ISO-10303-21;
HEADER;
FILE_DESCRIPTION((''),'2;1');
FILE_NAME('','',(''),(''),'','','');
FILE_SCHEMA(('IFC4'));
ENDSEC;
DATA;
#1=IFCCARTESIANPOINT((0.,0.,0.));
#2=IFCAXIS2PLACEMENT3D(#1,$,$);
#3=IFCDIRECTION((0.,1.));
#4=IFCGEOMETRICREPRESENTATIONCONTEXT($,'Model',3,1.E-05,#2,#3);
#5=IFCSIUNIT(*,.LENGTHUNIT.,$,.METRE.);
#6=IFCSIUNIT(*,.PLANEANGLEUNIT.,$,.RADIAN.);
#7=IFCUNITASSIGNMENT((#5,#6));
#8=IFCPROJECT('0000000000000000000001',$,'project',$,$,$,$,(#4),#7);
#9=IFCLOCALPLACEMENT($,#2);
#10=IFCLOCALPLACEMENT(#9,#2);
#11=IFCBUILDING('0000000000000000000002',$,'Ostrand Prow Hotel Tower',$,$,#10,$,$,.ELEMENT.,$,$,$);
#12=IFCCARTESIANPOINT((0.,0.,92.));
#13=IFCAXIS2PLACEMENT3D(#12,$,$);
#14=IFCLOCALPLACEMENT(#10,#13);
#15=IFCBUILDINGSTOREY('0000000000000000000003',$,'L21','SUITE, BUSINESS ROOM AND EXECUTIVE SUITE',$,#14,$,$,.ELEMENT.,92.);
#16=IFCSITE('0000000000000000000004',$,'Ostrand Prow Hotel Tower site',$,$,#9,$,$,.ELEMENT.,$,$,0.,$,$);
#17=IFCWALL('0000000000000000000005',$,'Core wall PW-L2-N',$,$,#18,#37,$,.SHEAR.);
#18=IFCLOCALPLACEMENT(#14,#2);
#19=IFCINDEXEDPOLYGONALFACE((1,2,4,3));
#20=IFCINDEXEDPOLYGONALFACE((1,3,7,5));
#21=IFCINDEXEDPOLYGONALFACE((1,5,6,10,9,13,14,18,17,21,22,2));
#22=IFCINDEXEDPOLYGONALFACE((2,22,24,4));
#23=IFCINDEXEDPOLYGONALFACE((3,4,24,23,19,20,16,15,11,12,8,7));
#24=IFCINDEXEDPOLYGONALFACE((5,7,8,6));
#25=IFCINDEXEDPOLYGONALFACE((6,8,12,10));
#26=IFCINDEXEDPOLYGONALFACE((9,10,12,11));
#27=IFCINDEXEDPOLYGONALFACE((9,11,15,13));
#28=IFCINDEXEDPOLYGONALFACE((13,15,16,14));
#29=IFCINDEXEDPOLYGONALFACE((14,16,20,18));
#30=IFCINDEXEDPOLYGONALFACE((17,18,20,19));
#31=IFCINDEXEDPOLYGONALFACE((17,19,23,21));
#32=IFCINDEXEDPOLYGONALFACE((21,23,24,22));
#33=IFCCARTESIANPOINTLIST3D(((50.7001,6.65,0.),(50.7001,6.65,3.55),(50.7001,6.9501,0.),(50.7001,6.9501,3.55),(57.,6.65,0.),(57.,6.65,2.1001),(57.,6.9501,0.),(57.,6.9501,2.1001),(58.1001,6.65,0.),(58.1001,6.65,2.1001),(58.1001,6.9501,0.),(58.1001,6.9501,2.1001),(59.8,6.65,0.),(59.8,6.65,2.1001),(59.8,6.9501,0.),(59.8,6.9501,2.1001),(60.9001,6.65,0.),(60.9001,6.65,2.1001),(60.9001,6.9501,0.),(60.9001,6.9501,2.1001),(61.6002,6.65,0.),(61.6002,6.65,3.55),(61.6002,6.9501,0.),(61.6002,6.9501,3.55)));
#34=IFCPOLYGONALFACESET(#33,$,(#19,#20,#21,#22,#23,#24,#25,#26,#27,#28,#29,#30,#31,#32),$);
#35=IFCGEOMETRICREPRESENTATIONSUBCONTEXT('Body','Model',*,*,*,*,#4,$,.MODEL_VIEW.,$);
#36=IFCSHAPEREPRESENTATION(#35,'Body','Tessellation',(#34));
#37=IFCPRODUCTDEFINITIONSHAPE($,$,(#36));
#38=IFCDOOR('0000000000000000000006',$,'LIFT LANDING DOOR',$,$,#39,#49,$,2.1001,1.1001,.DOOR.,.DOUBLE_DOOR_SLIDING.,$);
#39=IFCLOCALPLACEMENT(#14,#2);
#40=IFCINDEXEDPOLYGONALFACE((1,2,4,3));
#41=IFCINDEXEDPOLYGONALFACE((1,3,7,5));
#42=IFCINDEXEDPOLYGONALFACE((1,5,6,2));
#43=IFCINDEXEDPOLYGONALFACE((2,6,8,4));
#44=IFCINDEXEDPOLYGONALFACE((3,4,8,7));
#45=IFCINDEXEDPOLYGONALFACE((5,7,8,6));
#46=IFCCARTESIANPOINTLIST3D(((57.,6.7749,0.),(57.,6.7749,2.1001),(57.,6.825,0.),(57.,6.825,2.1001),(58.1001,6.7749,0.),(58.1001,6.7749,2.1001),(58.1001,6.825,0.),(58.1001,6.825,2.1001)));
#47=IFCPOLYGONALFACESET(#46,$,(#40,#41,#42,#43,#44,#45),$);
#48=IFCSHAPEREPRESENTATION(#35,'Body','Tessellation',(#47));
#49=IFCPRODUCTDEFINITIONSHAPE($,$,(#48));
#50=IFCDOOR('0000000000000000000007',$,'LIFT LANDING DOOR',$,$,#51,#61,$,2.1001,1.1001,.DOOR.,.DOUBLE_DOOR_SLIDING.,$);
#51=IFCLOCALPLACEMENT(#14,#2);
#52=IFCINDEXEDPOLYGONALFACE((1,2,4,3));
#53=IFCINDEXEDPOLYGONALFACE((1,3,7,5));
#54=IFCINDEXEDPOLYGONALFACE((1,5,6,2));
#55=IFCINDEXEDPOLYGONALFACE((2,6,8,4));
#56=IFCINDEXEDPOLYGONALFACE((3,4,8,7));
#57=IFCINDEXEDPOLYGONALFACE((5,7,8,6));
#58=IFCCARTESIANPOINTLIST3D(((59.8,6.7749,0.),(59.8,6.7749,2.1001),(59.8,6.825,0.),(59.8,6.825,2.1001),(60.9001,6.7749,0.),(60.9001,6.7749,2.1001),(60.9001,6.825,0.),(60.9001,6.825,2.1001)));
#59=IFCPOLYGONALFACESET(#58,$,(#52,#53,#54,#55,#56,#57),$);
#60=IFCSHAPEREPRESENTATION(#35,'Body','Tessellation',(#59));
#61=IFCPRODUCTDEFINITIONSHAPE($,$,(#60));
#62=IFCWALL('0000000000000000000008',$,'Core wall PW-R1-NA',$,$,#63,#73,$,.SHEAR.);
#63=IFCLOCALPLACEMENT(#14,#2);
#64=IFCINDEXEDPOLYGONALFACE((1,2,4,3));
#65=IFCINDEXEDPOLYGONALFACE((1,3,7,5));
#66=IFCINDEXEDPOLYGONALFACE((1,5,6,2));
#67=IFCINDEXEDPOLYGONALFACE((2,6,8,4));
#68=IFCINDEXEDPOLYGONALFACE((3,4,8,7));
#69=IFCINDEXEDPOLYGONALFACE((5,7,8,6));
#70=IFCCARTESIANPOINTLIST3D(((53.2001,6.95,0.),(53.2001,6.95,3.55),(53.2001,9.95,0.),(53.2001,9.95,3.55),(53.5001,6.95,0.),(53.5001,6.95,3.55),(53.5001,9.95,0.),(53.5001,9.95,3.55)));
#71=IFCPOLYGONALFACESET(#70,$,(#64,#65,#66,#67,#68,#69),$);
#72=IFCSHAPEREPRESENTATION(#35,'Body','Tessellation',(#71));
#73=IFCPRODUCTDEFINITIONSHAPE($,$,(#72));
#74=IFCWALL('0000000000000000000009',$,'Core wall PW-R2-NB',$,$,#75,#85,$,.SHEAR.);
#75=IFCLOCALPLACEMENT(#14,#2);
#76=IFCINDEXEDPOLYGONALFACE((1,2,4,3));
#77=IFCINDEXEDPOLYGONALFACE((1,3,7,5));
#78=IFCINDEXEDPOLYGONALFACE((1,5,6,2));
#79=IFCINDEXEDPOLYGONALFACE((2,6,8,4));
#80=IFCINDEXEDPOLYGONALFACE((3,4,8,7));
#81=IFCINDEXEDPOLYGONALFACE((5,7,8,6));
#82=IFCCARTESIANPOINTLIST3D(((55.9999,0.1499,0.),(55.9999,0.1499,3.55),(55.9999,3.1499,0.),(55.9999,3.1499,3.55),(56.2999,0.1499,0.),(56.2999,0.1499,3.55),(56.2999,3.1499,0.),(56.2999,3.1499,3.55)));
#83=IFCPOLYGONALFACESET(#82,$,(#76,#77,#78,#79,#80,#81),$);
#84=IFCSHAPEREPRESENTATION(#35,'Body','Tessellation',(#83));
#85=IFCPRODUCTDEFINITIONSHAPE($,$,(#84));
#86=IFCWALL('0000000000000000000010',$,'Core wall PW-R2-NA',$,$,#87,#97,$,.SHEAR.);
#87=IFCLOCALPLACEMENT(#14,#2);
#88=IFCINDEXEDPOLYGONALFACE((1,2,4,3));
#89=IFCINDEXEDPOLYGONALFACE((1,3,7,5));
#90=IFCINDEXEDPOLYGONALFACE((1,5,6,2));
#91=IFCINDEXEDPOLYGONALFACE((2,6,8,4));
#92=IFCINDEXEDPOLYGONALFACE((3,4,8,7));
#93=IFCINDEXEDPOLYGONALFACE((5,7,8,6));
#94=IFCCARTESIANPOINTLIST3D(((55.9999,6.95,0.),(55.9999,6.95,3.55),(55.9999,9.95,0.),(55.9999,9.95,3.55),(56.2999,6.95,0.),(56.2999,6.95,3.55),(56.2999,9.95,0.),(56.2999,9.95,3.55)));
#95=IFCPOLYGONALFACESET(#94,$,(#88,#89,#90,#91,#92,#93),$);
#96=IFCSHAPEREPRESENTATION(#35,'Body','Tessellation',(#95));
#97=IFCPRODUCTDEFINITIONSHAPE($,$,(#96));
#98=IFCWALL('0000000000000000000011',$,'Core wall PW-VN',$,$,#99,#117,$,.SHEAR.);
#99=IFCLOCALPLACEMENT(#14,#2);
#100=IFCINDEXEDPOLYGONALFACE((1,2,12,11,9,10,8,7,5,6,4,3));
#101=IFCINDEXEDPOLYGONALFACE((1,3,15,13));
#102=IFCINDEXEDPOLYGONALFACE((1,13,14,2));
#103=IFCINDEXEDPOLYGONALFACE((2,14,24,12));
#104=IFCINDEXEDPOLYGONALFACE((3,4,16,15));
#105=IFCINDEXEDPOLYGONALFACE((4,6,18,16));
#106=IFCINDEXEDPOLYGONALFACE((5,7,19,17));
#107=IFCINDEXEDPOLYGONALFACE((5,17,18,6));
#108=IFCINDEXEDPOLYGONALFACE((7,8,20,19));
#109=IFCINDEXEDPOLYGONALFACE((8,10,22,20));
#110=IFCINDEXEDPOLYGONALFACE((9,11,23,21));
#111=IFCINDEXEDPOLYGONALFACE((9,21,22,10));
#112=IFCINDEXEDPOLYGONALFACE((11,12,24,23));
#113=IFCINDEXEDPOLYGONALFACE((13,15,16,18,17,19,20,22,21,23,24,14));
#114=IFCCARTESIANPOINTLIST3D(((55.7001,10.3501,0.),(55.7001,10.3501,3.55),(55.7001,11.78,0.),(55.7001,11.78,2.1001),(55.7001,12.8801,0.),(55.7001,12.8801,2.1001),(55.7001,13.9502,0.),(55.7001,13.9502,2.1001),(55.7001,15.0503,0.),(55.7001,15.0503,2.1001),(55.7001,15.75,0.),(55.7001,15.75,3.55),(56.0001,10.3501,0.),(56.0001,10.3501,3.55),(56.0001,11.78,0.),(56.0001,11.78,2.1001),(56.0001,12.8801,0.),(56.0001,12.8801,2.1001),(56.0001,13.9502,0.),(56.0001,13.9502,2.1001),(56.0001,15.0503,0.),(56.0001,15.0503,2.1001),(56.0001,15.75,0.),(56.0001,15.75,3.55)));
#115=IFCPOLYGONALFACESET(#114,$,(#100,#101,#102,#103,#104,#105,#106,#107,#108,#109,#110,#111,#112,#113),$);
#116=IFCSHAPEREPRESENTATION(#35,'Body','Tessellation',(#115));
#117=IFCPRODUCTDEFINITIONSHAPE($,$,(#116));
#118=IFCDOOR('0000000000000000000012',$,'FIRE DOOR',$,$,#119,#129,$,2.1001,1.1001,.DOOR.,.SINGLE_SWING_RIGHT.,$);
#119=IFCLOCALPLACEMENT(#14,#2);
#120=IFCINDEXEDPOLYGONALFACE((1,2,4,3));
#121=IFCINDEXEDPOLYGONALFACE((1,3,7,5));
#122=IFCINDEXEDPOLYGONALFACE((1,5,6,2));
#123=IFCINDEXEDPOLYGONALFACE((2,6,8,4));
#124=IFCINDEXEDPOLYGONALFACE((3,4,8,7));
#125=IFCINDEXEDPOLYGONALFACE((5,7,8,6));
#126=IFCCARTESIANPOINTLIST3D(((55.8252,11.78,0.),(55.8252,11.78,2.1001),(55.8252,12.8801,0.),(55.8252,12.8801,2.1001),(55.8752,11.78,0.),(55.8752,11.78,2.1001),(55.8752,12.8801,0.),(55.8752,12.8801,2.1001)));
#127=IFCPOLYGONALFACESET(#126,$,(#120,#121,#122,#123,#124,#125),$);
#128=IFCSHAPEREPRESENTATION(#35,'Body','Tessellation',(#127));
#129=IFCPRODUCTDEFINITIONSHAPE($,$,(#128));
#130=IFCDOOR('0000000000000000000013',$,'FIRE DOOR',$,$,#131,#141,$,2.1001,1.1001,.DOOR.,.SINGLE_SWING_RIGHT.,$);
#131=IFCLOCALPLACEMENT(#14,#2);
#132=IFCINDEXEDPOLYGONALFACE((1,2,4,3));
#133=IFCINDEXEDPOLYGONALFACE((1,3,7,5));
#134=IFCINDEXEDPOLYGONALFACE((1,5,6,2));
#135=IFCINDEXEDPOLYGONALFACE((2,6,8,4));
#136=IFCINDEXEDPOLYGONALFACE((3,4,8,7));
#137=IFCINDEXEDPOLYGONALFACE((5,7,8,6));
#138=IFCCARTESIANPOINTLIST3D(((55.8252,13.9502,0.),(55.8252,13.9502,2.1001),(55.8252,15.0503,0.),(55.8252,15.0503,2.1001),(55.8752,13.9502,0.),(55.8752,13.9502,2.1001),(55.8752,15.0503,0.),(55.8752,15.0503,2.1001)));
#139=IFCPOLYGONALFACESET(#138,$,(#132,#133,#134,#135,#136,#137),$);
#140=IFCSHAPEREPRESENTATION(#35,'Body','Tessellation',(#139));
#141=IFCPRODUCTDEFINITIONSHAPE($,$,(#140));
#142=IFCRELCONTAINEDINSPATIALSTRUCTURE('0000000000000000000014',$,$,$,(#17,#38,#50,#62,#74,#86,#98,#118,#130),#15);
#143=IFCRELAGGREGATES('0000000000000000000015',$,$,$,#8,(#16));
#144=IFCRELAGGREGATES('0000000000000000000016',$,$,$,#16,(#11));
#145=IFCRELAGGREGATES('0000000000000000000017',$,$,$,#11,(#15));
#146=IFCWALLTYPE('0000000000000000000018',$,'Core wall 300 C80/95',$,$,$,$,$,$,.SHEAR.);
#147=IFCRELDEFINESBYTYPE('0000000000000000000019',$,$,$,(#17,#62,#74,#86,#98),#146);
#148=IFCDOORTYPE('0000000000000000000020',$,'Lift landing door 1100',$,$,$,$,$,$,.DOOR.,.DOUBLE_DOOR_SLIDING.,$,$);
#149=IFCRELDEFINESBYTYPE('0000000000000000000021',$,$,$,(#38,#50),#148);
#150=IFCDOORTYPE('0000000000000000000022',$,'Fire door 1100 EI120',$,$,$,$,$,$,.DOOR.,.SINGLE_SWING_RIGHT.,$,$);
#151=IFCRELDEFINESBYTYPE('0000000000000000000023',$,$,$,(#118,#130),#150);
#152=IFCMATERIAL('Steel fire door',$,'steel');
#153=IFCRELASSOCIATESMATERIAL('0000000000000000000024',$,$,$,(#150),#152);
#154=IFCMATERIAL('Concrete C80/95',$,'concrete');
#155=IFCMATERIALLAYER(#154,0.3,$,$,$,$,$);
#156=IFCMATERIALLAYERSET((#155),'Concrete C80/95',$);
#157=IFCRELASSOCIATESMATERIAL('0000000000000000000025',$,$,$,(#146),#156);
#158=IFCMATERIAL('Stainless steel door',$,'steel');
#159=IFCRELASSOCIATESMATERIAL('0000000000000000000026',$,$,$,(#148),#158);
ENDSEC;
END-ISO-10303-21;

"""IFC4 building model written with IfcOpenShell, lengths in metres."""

from ifc_helpers import new_model, si_unit, direction, frame, frame_2d, origin, place, context, subcontext, project, spatial, rectangle, extrude, material, layer, layer_set, type_object, element, fill, save


model = new_model("IFC4")

# Units and contexts
model_context = context("Model", 3, precision=1e-05, world=origin(), true_north=direction((0.0, 1.0)))
body_context = subcontext(model_context, "Body", "Model", "MODEL_VIEW")
ifc_project = project(units=[si_unit("LENGTHUNIT", "METRE"), si_unit("PLANEANGLEUNIT", "RADIAN")], contexts=[model_context])

# Site, building, storey
site_placement = place(None, origin())
site = spatial("IfcSite", under=ifc_project, at=site_placement, Name="Ostrand Prow Hotel Tower site", CompositionType="ELEMENT", RefElevation=0.0)
building_placement = place(site_placement, origin())
building = spatial("IfcBuilding", under=site, at=building_placement, Name="Ostrand Prow Hotel Tower", CompositionType="ELEMENT")
storey_placement = place(building_placement, frame((0.0, 0.0, 92.0)))
storey = spatial("IfcBuildingStorey", under=building, at=storey_placement, Name="L21", Description="SUITE, BUSINESS ROOM AND EXECUTIVE SUITE", CompositionType="ELEMENT", Elevation=92.0)

# Shared definitions
ifc_material_1 = material(Name="Steel fire door", Category="steel")
door_type_1 = type_object("IfcDoorType", Name="Fire door 1100 EI120", OperationType="SINGLE_SWING_RIGHT", PredefinedType="DOOR", material=ifc_material_1)

# Wall, openings, doors
ifc_material_2 = material(Name="Concrete C80/95", Category="concrete")
ifc_layer_1 = layer(ifc_material_2, 0.3)
ifc_layer_set_1 = layer_set([ifc_layer_1], Name="Concrete C80/95")
wall_type_1 = type_object("IfcWallType", Name="Core wall 300 C80/95", PredefinedType="SHEAR", material=ifc_layer_set_1)
wall_1_placement = place(storey_placement, frame((50.7, 6.8, 0.0), z_axis=(0.0, 0.0, 1.0), x_axis=(1.0, 0.0, 0.0)))
wall_1 = element("IfcWall", 1, at=wall_1_placement, inside=storey, type_object=wall_type_1, Name="Core wall PW-L2-N", PredefinedType="SHEAR", context=body_context, shape_type="SweptSolid", body=[
    extrude(rectangle(XDim=10.9001, YDim=0.3, at=frame_2d((5.4502, 0.0))), origin(), (0.0, 0.0, 1.0), 3.55),
])
opening_1_placement = place(wall_1_placement, frame((6.3, 0.0, 0.0)))
opening_1 = element("IfcOpeningElement", 2, at=opening_1_placement, cuts=wall_1, PredefinedType="OPENING", context=body_context, shape_type="SweptSolid", body=[
    extrude(rectangle(XDim=1.1001, YDim=2.1001, at=frame_2d((0.55, 1.05))), frame((0.0, 0.1599, 0.0), z_axis=(0.0, -1.0, 0.0), x_axis=(1.0, 0.0, 0.0)), (0.0, 0.0, 1.0), 0.3201),
])
opening_2_placement = place(wall_1_placement, frame((9.1001, 0.0, 0.0)))
opening_2 = element("IfcOpeningElement", 3, at=opening_2_placement, cuts=wall_1, PredefinedType="OPENING", context=body_context, shape_type="SweptSolid", body=[
    extrude(rectangle(XDim=1.1001, YDim=2.1001, at=frame_2d((0.55, 1.05))), frame((0.0, 0.1599, 0.0), z_axis=(0.0, -1.0, 0.0), x_axis=(1.0, 0.0, 0.0)), (0.0, 0.0, 1.0), 0.3201),
])
ifc_material_3 = material(Name="Stainless steel door", Category="steel")
door_type_2 = type_object("IfcDoorType", Name="Lift landing door 1100", OperationType="DOUBLE_DOOR_SLIDING", PredefinedType="DOOR", material=ifc_material_3)
door_1_placement = place(opening_1_placement, origin())
door_1 = element("IfcDoor", 4, at=door_1_placement, inside=storey, type_object=door_type_2, Name="LIFT LANDING DOOR", OperationType="DOUBLE_DOOR_SLIDING", OverallHeight=2.1001, OverallWidth=1.1001, PredefinedType="DOOR", context=body_context, shape_type="SweptSolid", body=[
    extrude(rectangle(XDim=1.1001, YDim=2.1001, at=frame_2d((0.55, 1.05))), frame((0.0, 0.0249, 0.0), z_axis=(0.0, -1.0, 0.0), x_axis=(1.0, 0.0, 0.0)), (0.0, 0.0, 1.0), 0.05),
])
fill(opening_1, door_1)
door_2_placement = place(opening_2_placement, origin())
door_2 = element("IfcDoor", 5, at=door_2_placement, inside=storey, type_object=door_type_2, Name="LIFT LANDING DOOR", OperationType="DOUBLE_DOOR_SLIDING", OverallHeight=2.1001, OverallWidth=1.1001, PredefinedType="DOOR", context=body_context, shape_type="SweptSolid", body=[
    extrude(rectangle(XDim=1.1001, YDim=2.1001, at=frame_2d((0.55, 1.05))), frame((0.0, 0.0249, 0.0), z_axis=(0.0, -1.0, 0.0), x_axis=(1.0, 0.0, 0.0)), (0.0, 0.0, 1.0), 0.05),
])
fill(opening_2, door_2)

# Walls
for number, where, z_axis, x_axis, name in (
    (6, (53.3501, 6.95, 0.0), (0.0, 0.0, 1.0), (0.0, 1.0, 0.0), "Core wall PW-R1-NA"),
    (7, (56.1499, 0.1499, 0.0), (0.0, 0.0, 1.0), (0.0, 1.0, 0.0), "Core wall PW-R2-NB"),
    (8, (56.1499, 6.95, 0.0), (0.0, 0.0, 1.0), (0.0, 1.0, 0.0), "Core wall PW-R2-NA"),
):
    element("IfcWall", number, at=place(storey_placement, frame(where, z_axis=z_axis, x_axis=x_axis)), inside=storey, type_object=wall_type_1, Name=name, PredefinedType="SHEAR", context=body_context, shape_type="SweptSolid", body=[
        extrude(rectangle(XDim=3.0, YDim=0.3, at=frame_2d((1.5, 0.0))), origin(), (0.0, 0.0, 1.0), 3.55),
    ])

# Wall, openings, doors
wall_2_placement = place(storey_placement, frame((55.8501, 10.3501, 0.0), z_axis=(0.0, 0.0, 1.0), x_axis=(0.0, 1.0, 0.0)))
wall_2 = element("IfcWall", 9, at=wall_2_placement, inside=storey, type_object=wall_type_1, Name="Core wall PW-VN", PredefinedType="SHEAR", context=body_context, shape_type="SweptSolid", body=[
    extrude(rectangle(XDim=5.3999, YDim=0.3, at=frame_2d((2.7, 0.0))), origin(), (0.0, 0.0, 1.0), 3.55),
])
opening_3_placement = place(wall_2_placement, frame((1.4299, 0.0, 0.0)))
opening_3 = element("IfcOpeningElement", 10, at=opening_3_placement, cuts=wall_2, PredefinedType="OPENING", context=body_context, shape_type="SweptSolid", body=[
    extrude(rectangle(XDim=1.1001, YDim=2.1001, at=frame_2d((0.55, 1.05))), frame((0.0, 0.1599, 0.0), z_axis=(0.0, -1.0, 0.0), x_axis=(1.0, 0.0, 0.0)), (0.0, 0.0, 1.0), 0.3201),
])
opening_4_placement = place(wall_2_placement, frame((3.6001, 0.0, 0.0)))
opening_4 = element("IfcOpeningElement", 11, at=opening_4_placement, cuts=wall_2, PredefinedType="OPENING", context=body_context, shape_type="SweptSolid", body=[
    extrude(rectangle(XDim=1.1001, YDim=2.1001, at=frame_2d((0.55, 1.05))), frame((0.0, 0.1599, 0.0), z_axis=(0.0, -1.0, 0.0), x_axis=(1.0, 0.0, 0.0)), (0.0, 0.0, 1.0), 0.3201),
])
door_3_placement = place(opening_3_placement, origin())
door_3 = element("IfcDoor", 12, at=door_3_placement, inside=storey, type_object=door_type_1, Name="FIRE DOOR", OperationType="SINGLE_SWING_RIGHT", OverallHeight=2.1001, OverallWidth=1.1001, PredefinedType="DOOR", context=body_context, shape_type="SweptSolid", body=[
    extrude(rectangle(XDim=1.1001, YDim=2.1001, at=frame_2d((0.55, 1.05))), frame((0.0, 0.0249, 0.0), z_axis=(0.0, -1.0, 0.0), x_axis=(1.0, 0.0, 0.0)), (0.0, 0.0, 1.0), 0.05),
])
fill(opening_3, door_3)
door_4_placement = place(opening_4_placement, origin())
door_4 = element("IfcDoor", 13, at=door_4_placement, inside=storey, type_object=door_type_1, Name="FIRE DOOR", OperationType="SINGLE_SWING_RIGHT", OverallHeight=2.1001, OverallWidth=1.1001, PredefinedType="DOOR", context=body_context, shape_type="SweptSolid", body=[
    extrude(rectangle(XDim=1.1001, YDim=2.1001, at=frame_2d((0.55, 1.05))), frame((0.0, 0.0249, 0.0), z_axis=(0.0, -1.0, 0.0), x_axis=(1.0, 0.0, 0.0)), (0.0, 0.0, 1.0), 0.05),
])
fill(opening_4, door_4)

save(model, "model.ifc")
